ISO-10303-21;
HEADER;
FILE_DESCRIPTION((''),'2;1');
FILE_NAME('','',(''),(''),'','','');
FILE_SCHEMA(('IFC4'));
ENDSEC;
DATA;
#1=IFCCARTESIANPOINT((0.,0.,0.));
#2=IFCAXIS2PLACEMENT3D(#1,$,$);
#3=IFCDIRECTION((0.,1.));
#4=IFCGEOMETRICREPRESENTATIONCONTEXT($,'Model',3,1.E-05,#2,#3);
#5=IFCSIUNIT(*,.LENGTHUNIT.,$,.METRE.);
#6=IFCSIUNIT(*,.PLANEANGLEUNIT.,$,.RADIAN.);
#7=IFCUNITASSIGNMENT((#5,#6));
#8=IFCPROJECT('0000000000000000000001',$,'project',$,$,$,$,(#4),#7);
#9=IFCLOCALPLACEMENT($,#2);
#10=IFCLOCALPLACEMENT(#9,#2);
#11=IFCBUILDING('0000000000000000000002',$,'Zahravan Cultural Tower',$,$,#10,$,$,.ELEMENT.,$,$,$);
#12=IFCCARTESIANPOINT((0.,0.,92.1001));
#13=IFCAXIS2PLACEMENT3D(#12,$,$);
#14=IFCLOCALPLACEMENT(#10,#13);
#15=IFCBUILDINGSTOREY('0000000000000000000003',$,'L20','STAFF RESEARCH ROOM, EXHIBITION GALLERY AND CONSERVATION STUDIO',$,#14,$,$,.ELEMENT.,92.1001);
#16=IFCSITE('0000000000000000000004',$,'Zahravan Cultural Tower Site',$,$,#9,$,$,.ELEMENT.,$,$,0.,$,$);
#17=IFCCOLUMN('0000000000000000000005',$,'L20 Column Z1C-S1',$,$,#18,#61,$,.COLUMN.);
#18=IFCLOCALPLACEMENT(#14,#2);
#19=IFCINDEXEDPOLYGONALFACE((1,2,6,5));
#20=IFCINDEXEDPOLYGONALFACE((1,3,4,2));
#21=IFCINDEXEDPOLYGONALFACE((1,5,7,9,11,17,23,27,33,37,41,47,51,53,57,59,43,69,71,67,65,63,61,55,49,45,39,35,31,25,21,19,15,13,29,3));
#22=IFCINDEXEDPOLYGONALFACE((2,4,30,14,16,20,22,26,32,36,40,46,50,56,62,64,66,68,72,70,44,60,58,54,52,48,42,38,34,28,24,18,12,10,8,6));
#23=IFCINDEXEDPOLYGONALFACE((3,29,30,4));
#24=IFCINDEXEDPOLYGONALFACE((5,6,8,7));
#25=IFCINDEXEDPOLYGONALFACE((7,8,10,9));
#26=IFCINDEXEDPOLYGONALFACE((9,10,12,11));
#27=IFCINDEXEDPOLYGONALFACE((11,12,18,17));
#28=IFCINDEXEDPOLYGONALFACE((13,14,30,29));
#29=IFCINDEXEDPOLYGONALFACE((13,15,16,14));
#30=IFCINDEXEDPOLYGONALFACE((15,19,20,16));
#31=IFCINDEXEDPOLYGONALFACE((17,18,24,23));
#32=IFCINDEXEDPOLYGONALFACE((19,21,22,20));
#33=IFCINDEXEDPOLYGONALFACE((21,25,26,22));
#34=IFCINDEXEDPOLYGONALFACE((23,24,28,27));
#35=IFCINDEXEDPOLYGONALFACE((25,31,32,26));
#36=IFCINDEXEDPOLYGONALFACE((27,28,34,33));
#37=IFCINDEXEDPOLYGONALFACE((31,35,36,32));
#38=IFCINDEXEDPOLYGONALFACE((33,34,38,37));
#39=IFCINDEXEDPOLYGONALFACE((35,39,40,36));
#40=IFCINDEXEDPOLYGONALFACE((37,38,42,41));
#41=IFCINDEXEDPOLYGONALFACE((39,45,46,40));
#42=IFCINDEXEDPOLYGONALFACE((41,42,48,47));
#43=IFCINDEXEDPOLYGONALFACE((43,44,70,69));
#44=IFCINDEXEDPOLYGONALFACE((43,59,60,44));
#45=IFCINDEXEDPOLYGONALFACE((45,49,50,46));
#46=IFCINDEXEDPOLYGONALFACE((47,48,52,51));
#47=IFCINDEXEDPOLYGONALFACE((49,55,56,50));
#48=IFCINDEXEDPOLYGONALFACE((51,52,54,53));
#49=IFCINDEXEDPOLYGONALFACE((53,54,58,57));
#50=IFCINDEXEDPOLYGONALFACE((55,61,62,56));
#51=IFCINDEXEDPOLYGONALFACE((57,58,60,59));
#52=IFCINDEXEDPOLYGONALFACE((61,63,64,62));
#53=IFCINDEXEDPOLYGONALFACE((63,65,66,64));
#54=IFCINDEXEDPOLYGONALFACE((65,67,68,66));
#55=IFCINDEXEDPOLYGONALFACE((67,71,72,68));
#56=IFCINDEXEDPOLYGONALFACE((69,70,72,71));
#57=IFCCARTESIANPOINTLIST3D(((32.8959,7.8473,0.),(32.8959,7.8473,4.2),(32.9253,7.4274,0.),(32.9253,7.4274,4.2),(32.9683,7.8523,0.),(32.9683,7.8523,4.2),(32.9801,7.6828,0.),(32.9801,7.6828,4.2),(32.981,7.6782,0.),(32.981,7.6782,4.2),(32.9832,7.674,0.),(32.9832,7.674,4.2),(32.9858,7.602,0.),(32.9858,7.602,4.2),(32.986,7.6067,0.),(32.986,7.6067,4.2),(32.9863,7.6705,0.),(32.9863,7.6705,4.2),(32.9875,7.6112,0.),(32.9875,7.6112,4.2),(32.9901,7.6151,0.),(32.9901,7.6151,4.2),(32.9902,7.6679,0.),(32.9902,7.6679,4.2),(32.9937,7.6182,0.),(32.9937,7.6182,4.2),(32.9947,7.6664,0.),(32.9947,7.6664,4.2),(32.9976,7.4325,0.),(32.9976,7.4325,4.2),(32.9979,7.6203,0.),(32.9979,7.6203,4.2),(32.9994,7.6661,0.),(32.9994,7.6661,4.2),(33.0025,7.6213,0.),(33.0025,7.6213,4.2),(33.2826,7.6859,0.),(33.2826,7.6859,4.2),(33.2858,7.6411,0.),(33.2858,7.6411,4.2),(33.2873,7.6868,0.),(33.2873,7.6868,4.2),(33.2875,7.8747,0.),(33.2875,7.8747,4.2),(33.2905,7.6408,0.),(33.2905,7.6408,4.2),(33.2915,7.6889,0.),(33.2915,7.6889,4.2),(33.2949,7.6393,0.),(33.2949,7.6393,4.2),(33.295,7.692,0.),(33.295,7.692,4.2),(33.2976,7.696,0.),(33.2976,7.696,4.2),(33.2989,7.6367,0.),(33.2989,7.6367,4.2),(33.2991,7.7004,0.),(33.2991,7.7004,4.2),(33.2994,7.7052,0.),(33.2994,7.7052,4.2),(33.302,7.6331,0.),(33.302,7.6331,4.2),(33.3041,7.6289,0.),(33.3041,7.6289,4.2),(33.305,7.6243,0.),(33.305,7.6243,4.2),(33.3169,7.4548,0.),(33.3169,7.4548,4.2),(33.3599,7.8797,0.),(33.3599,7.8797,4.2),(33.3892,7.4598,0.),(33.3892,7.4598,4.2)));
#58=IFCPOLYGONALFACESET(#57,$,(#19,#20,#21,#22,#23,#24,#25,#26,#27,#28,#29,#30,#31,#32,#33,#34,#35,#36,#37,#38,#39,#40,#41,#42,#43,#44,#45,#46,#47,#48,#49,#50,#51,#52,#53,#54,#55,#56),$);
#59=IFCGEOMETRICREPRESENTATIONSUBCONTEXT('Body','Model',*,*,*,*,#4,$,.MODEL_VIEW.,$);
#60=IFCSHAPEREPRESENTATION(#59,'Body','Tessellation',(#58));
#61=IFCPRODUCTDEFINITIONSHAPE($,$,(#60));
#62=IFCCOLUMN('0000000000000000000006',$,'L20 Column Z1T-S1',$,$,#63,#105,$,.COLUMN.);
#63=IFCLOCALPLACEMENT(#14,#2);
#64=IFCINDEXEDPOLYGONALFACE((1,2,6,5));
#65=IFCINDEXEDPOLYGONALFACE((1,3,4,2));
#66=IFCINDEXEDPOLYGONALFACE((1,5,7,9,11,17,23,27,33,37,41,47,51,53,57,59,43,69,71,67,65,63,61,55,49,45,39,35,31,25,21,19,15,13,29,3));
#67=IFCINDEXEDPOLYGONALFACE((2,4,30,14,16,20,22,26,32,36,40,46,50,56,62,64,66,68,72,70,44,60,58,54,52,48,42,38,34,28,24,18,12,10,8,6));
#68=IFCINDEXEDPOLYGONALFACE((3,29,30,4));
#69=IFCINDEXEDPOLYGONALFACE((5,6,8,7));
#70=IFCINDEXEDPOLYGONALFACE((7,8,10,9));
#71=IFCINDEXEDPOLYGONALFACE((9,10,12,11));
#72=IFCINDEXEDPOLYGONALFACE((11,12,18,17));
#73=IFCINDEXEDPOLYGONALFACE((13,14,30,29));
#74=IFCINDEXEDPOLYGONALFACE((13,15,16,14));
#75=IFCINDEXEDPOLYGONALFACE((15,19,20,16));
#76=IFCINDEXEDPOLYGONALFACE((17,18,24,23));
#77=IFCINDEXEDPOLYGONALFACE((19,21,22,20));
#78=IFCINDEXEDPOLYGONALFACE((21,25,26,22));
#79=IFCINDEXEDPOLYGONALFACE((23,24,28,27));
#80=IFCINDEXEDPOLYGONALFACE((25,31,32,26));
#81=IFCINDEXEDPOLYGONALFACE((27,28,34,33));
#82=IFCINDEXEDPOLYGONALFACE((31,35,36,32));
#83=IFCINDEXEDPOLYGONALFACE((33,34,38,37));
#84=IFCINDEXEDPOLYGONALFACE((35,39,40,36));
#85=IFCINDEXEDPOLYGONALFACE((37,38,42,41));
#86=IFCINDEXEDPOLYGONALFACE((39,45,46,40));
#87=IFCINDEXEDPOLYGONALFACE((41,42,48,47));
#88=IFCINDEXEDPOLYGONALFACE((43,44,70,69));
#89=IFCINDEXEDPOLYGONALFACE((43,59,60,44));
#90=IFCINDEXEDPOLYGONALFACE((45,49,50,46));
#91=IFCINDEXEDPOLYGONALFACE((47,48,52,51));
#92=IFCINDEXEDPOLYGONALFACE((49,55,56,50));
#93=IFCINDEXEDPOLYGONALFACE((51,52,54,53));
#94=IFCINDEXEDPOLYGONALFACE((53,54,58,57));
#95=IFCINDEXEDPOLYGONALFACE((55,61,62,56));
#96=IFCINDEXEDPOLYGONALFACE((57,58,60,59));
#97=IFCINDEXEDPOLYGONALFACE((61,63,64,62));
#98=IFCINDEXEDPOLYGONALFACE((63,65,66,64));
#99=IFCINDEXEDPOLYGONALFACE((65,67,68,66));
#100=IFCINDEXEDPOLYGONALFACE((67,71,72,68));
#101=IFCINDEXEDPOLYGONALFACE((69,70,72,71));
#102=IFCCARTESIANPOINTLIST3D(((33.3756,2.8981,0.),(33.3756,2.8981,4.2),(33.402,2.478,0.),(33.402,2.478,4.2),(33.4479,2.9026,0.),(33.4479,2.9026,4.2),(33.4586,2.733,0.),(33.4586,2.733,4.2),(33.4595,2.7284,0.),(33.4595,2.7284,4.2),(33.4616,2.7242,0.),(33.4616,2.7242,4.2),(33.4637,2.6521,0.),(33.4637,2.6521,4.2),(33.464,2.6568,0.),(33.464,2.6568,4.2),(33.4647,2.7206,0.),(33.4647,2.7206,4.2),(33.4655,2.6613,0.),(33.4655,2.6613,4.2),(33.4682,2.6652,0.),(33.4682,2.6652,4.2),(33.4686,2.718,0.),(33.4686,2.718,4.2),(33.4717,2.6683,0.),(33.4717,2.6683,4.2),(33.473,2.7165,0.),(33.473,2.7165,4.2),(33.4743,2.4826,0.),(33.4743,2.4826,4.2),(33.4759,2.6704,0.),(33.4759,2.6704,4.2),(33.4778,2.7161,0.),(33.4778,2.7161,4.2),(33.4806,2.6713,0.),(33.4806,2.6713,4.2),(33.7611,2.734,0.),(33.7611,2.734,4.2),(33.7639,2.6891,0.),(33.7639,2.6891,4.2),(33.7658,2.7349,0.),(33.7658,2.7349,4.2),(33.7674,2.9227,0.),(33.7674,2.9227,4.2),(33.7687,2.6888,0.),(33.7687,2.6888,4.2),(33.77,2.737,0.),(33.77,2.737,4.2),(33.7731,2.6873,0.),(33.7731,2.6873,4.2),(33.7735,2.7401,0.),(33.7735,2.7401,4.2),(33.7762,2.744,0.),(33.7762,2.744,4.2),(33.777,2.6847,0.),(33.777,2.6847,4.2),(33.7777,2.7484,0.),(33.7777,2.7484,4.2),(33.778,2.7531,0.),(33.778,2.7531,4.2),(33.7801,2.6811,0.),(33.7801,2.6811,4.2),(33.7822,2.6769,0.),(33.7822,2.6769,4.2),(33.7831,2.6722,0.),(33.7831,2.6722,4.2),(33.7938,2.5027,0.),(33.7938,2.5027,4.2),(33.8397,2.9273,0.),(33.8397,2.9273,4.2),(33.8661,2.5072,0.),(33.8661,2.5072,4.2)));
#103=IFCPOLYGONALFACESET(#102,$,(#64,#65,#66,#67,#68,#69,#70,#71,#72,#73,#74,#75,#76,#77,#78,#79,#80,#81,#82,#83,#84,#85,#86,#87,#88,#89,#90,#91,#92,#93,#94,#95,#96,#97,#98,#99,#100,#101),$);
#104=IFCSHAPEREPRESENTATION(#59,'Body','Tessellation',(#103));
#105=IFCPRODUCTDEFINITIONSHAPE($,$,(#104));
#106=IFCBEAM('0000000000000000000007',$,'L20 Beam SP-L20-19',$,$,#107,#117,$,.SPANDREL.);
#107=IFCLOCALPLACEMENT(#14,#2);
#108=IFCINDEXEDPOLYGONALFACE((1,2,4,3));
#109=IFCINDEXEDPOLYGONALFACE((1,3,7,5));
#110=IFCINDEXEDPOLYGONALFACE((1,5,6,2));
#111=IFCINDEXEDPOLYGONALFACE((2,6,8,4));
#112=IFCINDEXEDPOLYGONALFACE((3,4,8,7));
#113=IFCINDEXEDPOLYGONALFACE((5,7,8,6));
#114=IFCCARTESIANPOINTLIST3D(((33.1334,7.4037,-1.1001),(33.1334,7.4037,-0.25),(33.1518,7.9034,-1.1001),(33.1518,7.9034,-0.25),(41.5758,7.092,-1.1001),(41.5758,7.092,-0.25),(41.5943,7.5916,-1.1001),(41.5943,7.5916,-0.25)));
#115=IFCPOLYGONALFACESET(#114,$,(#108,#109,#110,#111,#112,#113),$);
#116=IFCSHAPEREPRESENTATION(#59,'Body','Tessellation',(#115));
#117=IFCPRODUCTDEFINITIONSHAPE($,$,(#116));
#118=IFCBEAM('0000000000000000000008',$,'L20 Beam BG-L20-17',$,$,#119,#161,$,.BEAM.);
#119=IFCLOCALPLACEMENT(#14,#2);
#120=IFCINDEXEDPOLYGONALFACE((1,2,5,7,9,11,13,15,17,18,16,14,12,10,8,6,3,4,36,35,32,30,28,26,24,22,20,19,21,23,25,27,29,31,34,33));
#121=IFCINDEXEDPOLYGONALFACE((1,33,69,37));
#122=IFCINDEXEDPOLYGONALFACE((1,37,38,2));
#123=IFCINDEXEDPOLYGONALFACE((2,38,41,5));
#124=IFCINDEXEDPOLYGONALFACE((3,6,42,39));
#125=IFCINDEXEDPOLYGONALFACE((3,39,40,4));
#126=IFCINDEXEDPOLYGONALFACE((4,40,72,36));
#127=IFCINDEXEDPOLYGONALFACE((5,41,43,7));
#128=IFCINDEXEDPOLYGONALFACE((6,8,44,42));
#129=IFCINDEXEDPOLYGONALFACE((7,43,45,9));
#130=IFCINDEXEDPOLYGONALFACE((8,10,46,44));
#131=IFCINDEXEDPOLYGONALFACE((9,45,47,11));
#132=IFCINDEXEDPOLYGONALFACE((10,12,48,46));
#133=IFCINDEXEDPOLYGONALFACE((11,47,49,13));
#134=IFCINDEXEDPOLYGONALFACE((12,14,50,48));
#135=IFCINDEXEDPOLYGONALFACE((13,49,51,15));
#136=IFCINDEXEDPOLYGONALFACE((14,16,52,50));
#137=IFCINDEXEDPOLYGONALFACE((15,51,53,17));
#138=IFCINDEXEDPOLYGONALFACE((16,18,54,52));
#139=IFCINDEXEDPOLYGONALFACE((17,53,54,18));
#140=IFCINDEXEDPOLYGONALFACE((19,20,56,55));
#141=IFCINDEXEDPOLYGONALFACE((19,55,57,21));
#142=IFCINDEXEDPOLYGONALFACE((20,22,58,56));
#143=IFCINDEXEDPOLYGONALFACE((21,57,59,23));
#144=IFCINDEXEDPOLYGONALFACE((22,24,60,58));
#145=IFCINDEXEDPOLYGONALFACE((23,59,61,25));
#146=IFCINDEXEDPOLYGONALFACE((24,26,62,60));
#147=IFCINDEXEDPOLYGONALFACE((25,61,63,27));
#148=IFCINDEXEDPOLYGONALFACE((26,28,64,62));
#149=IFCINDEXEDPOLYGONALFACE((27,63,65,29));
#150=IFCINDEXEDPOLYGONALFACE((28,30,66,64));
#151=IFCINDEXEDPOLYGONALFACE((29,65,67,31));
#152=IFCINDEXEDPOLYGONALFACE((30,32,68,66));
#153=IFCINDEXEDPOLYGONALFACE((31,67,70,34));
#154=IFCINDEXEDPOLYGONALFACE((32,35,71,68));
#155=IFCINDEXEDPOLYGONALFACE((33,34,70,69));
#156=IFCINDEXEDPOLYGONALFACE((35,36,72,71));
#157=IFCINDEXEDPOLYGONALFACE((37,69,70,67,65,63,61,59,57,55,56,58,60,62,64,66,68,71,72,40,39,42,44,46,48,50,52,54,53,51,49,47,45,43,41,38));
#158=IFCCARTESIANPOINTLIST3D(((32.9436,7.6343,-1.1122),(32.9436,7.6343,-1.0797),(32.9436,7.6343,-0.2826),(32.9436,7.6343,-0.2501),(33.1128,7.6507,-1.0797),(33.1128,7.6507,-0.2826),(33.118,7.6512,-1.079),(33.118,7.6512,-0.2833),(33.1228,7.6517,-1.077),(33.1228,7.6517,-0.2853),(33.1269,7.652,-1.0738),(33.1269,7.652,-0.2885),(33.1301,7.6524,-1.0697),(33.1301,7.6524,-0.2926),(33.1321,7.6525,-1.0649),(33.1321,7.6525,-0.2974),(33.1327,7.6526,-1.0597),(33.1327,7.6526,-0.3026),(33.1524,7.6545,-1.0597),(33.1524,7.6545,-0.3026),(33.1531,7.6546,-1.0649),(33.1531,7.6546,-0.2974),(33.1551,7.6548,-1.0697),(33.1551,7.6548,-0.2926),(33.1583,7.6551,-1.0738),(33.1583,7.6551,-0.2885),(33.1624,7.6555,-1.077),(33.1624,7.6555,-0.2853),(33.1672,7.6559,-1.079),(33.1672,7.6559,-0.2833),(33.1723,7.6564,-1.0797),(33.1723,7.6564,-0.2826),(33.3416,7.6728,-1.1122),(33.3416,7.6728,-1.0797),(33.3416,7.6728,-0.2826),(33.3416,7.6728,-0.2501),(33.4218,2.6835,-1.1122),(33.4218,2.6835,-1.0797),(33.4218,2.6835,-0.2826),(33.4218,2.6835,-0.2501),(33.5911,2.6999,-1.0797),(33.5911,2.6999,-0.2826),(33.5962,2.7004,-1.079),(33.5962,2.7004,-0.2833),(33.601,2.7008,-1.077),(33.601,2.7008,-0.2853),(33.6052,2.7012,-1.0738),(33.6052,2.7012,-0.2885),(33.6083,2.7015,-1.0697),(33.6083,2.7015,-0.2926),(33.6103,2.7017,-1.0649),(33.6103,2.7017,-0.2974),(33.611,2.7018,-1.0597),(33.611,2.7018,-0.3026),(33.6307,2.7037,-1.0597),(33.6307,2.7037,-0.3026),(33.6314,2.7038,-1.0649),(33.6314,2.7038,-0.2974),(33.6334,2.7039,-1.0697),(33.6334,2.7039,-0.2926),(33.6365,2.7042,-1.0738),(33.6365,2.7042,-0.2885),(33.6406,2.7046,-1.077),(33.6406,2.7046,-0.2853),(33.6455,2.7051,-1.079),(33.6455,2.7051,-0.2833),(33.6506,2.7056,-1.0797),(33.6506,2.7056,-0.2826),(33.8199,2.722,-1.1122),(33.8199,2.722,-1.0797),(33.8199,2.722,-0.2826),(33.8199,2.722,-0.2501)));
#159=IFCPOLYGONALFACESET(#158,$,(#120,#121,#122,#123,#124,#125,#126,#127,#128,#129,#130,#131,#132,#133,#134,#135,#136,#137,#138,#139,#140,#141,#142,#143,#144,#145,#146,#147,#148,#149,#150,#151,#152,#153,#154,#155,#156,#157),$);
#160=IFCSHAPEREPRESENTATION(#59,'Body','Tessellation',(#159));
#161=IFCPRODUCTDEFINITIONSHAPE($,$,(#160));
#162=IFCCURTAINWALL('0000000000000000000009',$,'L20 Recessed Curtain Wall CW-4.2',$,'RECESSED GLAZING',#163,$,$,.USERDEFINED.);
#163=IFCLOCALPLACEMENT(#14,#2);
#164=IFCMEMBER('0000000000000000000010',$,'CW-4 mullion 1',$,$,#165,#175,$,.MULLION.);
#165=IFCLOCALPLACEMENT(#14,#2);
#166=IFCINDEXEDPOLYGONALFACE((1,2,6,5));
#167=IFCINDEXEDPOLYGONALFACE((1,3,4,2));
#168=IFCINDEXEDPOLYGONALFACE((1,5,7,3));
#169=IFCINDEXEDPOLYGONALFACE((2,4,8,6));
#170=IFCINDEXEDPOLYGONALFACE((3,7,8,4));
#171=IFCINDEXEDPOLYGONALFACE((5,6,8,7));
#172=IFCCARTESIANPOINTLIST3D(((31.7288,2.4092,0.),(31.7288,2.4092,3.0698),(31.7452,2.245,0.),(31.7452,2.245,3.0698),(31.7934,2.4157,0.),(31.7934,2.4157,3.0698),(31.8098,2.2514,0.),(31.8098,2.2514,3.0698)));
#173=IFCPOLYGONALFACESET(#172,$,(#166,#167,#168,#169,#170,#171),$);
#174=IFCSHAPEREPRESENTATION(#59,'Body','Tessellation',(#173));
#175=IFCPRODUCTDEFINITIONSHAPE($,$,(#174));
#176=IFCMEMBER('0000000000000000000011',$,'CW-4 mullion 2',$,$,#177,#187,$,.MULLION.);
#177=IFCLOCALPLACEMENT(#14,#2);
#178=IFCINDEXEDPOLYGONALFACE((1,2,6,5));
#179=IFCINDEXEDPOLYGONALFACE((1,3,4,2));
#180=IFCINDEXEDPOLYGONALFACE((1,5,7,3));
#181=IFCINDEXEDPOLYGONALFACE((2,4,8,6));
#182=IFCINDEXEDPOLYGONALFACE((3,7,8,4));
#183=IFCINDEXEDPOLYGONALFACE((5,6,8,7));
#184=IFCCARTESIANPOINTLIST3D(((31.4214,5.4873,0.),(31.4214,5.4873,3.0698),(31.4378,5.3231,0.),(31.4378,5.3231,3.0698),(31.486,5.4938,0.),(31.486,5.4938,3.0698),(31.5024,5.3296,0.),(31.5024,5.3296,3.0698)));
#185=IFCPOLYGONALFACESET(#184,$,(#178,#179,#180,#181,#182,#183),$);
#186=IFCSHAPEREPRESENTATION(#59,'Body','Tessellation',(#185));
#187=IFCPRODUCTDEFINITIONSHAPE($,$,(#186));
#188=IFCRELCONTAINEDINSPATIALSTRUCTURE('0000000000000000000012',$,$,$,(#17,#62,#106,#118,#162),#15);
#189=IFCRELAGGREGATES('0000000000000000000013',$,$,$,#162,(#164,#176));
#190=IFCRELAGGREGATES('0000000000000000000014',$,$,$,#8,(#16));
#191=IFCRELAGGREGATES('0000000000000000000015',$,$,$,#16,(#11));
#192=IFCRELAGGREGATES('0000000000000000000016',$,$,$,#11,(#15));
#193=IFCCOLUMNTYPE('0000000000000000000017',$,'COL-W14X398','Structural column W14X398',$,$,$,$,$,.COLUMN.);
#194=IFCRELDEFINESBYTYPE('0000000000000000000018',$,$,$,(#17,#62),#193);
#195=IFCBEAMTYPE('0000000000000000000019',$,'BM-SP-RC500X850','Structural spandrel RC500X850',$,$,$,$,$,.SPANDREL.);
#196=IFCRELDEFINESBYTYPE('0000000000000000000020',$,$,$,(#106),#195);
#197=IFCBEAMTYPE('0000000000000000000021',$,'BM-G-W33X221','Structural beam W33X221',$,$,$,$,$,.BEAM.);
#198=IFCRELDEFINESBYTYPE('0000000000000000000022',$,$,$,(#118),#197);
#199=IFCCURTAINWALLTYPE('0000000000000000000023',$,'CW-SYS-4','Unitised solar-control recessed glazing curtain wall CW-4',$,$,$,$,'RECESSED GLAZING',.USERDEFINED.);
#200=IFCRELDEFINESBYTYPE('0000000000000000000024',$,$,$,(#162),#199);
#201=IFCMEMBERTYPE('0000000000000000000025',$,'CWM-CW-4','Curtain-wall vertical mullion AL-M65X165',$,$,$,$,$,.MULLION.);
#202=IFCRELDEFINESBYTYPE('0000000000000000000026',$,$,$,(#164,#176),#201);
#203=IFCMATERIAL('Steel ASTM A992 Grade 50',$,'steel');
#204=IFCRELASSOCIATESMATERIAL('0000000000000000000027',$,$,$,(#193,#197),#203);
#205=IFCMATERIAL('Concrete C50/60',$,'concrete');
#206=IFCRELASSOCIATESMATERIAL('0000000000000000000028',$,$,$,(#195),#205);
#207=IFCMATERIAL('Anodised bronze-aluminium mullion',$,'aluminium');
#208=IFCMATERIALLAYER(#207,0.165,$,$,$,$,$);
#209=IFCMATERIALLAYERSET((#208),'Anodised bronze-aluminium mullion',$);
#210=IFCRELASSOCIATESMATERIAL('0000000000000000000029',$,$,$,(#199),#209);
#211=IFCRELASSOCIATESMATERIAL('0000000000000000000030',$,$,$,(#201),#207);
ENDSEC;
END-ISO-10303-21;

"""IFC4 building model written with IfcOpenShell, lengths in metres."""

from ifc_helpers import new_model, si_unit, direction, frame, origin, origin_2d, place, context, subcontext, project, spatial, rectangle, i_section, extrude, source, transform, mapped, material, layer, layer_set, material_profile, profile_set, type_object, element, aggregate, save


model = new_model("IFC4")

# Units and contexts
model_context = context("Model", 3, precision=1e-05, world=origin(), true_north=direction((0.0, 1.0)))
body_context = subcontext(model_context, "Body", "Model", "MODEL_VIEW")
ifc_project = project(units=[si_unit("LENGTHUNIT", "METRE"), si_unit("PLANEANGLEUNIT", "RADIAN")], contexts=[model_context])

# Site, building, storey
site_placement = place(None, origin())
site = spatial("IfcSite", under=ifc_project, at=site_placement, Name="Zahravan Cultural Tower Site", CompositionType="ELEMENT", RefElevation=0.0)
building_placement = place(site_placement, origin())
building = spatial("IfcBuilding", under=site, at=building_placement, Name="Zahravan Cultural Tower", CompositionType="ELEMENT")
storey_placement = place(building_placement, frame((0.0, 0.0, 92.1001)))
storey = spatial("IfcBuildingStorey", under=building, at=storey_placement, Name="L20", Description="STAFF RESEARCH ROOM, EXHIBITION GALLERY AND CONSERVATION STUDIO", CompositionType="ELEMENT", Elevation=92.1001)

# Columns
ifc_material_1 = material(Name="Steel ASTM A992 Grade 50", Category="steel")
ifc_material_profile_1 = material_profile(ifc_material_1, i_section(OverallWidth=0.4209, OverallDepth=0.4651, WebThickness=0.0449, FlangeThickness=0.0725, FilletRadius=0.0181, at=origin_2d()), Name="W14X398")
ifc_profile_set_1 = profile_set([ifc_material_profile_1], Name="Steel ASTM A992 Grade 50")
column_type = type_object("IfcColumnType", Name="COL-W14X398", Description="Structural column W14X398", PredefinedType="COLUMN", material=ifc_profile_set_1)
shared_shape_1 = source(origin(), body_context, "Body", "SweptSolid", [
    extrude(i_section(OverallWidth=0.4209, OverallDepth=0.4651, WebThickness=0.0449, FlangeThickness=0.0725, FilletRadius=0.0181, at=origin_2d()), origin(), (0.0, 0.0, 1.0), 4.2),
])
for number, where, z_axis, x_axis, name in (
    (1, (33.1426, 7.6536, 0.0), (0.0, 0.0, 1.0), (-0.069756, 0.997564, 0.0), "L20 Column Z1C-S1"),
    (2, (33.6208, 2.7026, 0.0), (0.0, 0.0, 1.0), (-0.062791, 0.998027, 0.0), "L20 Column Z1T-S1"),
):
    element("IfcColumn", number, at=place(storey_placement, frame(where, z_axis=z_axis, x_axis=x_axis)), inside=storey, type_object=column_type, Name=name, PredefinedType="COLUMN", context=body_context, shape_type="MappedRepresentation", body=[
        mapped(shared_shape_1, transform((0.0, 0.0, 0.0), x_axis=(1.0, 0.0, 0.0), y_axis=(0.0, 1.0, 0.0), z_axis=(0.0, 0.0, 1.0), scale=1.0)),
    ])

# Beams
ifc_material_2 = material(Name="Concrete C50/60", Category="concrete")
ifc_material_profile_2 = material_profile(ifc_material_2, rectangle(XDim=0.5, YDim=0.8501, at=origin_2d()), Name="RC500X850")
ifc_profile_set_2 = profile_set([ifc_material_profile_2], Name="Concrete C50/60")
beam_type_1 = type_object("IfcBeamType", Name="BM-SP-RC500X850", Description="Structural spandrel RC500X850", PredefinedType="SPANDREL", material=ifc_profile_set_2)
shared_shape_2 = source(origin(), body_context, "Body", "SweptSolid", [
    extrude(rectangle(XDim=0.5, YDim=0.8501, at=origin_2d()), origin(), (0.0, 0.0, 1.0), 8.4482),
])
beam_1_placement = place(storey_placement, frame((33.1426, 7.6536, -0.675), z_axis=(0.999319, -0.036904, 0.0), x_axis=(0.036904, 0.999319, 0.0)))
element("IfcBeam", 3, at=beam_1_placement, inside=storey, type_object=beam_type_1, Name="L20 Beam SP-L20-19", PredefinedType="SPANDREL", context=body_context, shape_type="MappedRepresentation", body=[
    mapped(shared_shape_2, transform((0.0, 0.0, 0.0), x_axis=(1.0, 0.0, 0.0), y_axis=(0.0, 1.0, 0.0), z_axis=(0.0, 0.0, 1.0), scale=1.0)),
])
ifc_material_profile_3 = material_profile(ifc_material_1, i_section(OverallWidth=0.3999, OverallDepth=0.8621, WebThickness=0.0198, FlangeThickness=0.0325, FilletRadius=0.02, at=origin_2d()), Name="W33X221")
ifc_profile_set_3 = profile_set([ifc_material_profile_3], Name="Steel ASTM A992 Grade 50")
beam_type_2 = type_object("IfcBeamType", Name="BM-G-W33X221", Description="Structural beam W33X221", PredefinedType="BEAM", material=ifc_profile_set_3)
shared_shape_3 = source(origin(), body_context, "Body", "SweptSolid", [
    extrude(i_section(OverallWidth=0.3999, OverallDepth=0.8621, WebThickness=0.0198, FlangeThickness=0.0325, FilletRadius=0.02, at=origin_2d()), origin(), (0.0, 0.0, 1.0), 4.9739),
])
beam_2_placement = place(storey_placement, frame((33.1426, 7.6536, -0.6812), z_axis=(0.096155, -0.995366, 0.0), x_axis=(0.995366, 0.096155, 0.0)))
element("IfcBeam", 4, at=beam_2_placement, inside=storey, type_object=beam_type_2, Name="L20 Beam BG-L20-17", PredefinedType="BEAM", context=body_context, shape_type="MappedRepresentation", body=[
    mapped(shared_shape_3, transform((0.0, 0.0, 0.0), x_axis=(1.0, 0.0, 0.0), y_axis=(0.0, 1.0, 0.0), z_axis=(0.0, 0.0, 1.0), scale=1.0)),
])

# Curtain wall, members
ifc_material_3 = material(Name="Anodised bronze-aluminium mullion", Category="aluminium")
ifc_layer_1 = layer(ifc_material_3, 0.165)
ifc_layer_set_1 = layer_set([ifc_layer_1], Name="Anodised bronze-aluminium mullion")
curtain_wall_type = type_object("IfcCurtainWallType", Name="CW-SYS-4", Description="Unitised solar-control recessed glazing curtain wall CW-4", ElementType="RECESSED GLAZING", PredefinedType="USERDEFINED", material=ifc_layer_set_1)
curtain_wall_placement = place(storey_placement, origin())
curtain_wall = element("IfcCurtainWall", 5, at=curtain_wall_placement, inside=storey, type_object=curtain_wall_type, Name="L20 Recessed Curtain Wall CW-4.2", ObjectType="RECESSED GLAZING", PredefinedType="USERDEFINED")
ifc_material_profile_4 = material_profile(ifc_material_3, rectangle(XDim=0.0649, YDim=0.165, at=origin_2d()), Name="AL-M65X165")
ifc_profile_set_4 = profile_set([ifc_material_profile_4], Name="Anodised bronze-aluminium mullion")
member_type_1 = type_object("IfcMemberType", Name="CWM-CW-4", Description="Curtain-wall vertical mullion AL-M65X165", PredefinedType="MULLION", material=ifc_profile_set_4)
shared_shape_4 = source(origin(), body_context, "Body", "SweptSolid", [
    extrude(rectangle(XDim=0.0649, YDim=0.165, at=origin_2d()), origin(), (0.0, 0.0, 1.0), 3.0698),
])
member_1_placement = place(storey_placement, frame((31.7693, 2.3303, 0.0), z_axis=(0.0, 0.0, 1.0), x_axis=(-0.995055, -0.099322, 0.0)))
member_1 = element("IfcMember", 6, at=member_1_placement, type_object=member_type_1, Name="CW-4 mullion 1", PredefinedType="MULLION", context=body_context, shape_type="MappedRepresentation", body=[
    mapped(shared_shape_4, transform((0.0, 0.0, 0.0), x_axis=(1.0, 0.0, 0.0), y_axis=(0.0, 1.0, 0.0), z_axis=(0.0, 0.0, 1.0), scale=1.0)),
])
member_2_placement = place(storey_placement, frame((31.4619, 5.4084, 0.0), z_axis=(0.0, 0.0, 1.0), x_axis=(-0.995055, -0.099322, 0.0)))
member_2 = element("IfcMember", 7, at=member_2_placement, type_object=member_type_1, Name="CW-4 mullion 2", PredefinedType="MULLION", context=body_context, shape_type="MappedRepresentation", body=[
    mapped(shared_shape_4, transform((0.0, 0.0, 0.0), x_axis=(1.0, 0.0, 0.0), y_axis=(0.0, 1.0, 0.0), z_axis=(0.0, 0.0, 1.0), scale=1.0)),
])
aggregate(curtain_wall, [member_1, member_2])

save(model, "model.ifc")
